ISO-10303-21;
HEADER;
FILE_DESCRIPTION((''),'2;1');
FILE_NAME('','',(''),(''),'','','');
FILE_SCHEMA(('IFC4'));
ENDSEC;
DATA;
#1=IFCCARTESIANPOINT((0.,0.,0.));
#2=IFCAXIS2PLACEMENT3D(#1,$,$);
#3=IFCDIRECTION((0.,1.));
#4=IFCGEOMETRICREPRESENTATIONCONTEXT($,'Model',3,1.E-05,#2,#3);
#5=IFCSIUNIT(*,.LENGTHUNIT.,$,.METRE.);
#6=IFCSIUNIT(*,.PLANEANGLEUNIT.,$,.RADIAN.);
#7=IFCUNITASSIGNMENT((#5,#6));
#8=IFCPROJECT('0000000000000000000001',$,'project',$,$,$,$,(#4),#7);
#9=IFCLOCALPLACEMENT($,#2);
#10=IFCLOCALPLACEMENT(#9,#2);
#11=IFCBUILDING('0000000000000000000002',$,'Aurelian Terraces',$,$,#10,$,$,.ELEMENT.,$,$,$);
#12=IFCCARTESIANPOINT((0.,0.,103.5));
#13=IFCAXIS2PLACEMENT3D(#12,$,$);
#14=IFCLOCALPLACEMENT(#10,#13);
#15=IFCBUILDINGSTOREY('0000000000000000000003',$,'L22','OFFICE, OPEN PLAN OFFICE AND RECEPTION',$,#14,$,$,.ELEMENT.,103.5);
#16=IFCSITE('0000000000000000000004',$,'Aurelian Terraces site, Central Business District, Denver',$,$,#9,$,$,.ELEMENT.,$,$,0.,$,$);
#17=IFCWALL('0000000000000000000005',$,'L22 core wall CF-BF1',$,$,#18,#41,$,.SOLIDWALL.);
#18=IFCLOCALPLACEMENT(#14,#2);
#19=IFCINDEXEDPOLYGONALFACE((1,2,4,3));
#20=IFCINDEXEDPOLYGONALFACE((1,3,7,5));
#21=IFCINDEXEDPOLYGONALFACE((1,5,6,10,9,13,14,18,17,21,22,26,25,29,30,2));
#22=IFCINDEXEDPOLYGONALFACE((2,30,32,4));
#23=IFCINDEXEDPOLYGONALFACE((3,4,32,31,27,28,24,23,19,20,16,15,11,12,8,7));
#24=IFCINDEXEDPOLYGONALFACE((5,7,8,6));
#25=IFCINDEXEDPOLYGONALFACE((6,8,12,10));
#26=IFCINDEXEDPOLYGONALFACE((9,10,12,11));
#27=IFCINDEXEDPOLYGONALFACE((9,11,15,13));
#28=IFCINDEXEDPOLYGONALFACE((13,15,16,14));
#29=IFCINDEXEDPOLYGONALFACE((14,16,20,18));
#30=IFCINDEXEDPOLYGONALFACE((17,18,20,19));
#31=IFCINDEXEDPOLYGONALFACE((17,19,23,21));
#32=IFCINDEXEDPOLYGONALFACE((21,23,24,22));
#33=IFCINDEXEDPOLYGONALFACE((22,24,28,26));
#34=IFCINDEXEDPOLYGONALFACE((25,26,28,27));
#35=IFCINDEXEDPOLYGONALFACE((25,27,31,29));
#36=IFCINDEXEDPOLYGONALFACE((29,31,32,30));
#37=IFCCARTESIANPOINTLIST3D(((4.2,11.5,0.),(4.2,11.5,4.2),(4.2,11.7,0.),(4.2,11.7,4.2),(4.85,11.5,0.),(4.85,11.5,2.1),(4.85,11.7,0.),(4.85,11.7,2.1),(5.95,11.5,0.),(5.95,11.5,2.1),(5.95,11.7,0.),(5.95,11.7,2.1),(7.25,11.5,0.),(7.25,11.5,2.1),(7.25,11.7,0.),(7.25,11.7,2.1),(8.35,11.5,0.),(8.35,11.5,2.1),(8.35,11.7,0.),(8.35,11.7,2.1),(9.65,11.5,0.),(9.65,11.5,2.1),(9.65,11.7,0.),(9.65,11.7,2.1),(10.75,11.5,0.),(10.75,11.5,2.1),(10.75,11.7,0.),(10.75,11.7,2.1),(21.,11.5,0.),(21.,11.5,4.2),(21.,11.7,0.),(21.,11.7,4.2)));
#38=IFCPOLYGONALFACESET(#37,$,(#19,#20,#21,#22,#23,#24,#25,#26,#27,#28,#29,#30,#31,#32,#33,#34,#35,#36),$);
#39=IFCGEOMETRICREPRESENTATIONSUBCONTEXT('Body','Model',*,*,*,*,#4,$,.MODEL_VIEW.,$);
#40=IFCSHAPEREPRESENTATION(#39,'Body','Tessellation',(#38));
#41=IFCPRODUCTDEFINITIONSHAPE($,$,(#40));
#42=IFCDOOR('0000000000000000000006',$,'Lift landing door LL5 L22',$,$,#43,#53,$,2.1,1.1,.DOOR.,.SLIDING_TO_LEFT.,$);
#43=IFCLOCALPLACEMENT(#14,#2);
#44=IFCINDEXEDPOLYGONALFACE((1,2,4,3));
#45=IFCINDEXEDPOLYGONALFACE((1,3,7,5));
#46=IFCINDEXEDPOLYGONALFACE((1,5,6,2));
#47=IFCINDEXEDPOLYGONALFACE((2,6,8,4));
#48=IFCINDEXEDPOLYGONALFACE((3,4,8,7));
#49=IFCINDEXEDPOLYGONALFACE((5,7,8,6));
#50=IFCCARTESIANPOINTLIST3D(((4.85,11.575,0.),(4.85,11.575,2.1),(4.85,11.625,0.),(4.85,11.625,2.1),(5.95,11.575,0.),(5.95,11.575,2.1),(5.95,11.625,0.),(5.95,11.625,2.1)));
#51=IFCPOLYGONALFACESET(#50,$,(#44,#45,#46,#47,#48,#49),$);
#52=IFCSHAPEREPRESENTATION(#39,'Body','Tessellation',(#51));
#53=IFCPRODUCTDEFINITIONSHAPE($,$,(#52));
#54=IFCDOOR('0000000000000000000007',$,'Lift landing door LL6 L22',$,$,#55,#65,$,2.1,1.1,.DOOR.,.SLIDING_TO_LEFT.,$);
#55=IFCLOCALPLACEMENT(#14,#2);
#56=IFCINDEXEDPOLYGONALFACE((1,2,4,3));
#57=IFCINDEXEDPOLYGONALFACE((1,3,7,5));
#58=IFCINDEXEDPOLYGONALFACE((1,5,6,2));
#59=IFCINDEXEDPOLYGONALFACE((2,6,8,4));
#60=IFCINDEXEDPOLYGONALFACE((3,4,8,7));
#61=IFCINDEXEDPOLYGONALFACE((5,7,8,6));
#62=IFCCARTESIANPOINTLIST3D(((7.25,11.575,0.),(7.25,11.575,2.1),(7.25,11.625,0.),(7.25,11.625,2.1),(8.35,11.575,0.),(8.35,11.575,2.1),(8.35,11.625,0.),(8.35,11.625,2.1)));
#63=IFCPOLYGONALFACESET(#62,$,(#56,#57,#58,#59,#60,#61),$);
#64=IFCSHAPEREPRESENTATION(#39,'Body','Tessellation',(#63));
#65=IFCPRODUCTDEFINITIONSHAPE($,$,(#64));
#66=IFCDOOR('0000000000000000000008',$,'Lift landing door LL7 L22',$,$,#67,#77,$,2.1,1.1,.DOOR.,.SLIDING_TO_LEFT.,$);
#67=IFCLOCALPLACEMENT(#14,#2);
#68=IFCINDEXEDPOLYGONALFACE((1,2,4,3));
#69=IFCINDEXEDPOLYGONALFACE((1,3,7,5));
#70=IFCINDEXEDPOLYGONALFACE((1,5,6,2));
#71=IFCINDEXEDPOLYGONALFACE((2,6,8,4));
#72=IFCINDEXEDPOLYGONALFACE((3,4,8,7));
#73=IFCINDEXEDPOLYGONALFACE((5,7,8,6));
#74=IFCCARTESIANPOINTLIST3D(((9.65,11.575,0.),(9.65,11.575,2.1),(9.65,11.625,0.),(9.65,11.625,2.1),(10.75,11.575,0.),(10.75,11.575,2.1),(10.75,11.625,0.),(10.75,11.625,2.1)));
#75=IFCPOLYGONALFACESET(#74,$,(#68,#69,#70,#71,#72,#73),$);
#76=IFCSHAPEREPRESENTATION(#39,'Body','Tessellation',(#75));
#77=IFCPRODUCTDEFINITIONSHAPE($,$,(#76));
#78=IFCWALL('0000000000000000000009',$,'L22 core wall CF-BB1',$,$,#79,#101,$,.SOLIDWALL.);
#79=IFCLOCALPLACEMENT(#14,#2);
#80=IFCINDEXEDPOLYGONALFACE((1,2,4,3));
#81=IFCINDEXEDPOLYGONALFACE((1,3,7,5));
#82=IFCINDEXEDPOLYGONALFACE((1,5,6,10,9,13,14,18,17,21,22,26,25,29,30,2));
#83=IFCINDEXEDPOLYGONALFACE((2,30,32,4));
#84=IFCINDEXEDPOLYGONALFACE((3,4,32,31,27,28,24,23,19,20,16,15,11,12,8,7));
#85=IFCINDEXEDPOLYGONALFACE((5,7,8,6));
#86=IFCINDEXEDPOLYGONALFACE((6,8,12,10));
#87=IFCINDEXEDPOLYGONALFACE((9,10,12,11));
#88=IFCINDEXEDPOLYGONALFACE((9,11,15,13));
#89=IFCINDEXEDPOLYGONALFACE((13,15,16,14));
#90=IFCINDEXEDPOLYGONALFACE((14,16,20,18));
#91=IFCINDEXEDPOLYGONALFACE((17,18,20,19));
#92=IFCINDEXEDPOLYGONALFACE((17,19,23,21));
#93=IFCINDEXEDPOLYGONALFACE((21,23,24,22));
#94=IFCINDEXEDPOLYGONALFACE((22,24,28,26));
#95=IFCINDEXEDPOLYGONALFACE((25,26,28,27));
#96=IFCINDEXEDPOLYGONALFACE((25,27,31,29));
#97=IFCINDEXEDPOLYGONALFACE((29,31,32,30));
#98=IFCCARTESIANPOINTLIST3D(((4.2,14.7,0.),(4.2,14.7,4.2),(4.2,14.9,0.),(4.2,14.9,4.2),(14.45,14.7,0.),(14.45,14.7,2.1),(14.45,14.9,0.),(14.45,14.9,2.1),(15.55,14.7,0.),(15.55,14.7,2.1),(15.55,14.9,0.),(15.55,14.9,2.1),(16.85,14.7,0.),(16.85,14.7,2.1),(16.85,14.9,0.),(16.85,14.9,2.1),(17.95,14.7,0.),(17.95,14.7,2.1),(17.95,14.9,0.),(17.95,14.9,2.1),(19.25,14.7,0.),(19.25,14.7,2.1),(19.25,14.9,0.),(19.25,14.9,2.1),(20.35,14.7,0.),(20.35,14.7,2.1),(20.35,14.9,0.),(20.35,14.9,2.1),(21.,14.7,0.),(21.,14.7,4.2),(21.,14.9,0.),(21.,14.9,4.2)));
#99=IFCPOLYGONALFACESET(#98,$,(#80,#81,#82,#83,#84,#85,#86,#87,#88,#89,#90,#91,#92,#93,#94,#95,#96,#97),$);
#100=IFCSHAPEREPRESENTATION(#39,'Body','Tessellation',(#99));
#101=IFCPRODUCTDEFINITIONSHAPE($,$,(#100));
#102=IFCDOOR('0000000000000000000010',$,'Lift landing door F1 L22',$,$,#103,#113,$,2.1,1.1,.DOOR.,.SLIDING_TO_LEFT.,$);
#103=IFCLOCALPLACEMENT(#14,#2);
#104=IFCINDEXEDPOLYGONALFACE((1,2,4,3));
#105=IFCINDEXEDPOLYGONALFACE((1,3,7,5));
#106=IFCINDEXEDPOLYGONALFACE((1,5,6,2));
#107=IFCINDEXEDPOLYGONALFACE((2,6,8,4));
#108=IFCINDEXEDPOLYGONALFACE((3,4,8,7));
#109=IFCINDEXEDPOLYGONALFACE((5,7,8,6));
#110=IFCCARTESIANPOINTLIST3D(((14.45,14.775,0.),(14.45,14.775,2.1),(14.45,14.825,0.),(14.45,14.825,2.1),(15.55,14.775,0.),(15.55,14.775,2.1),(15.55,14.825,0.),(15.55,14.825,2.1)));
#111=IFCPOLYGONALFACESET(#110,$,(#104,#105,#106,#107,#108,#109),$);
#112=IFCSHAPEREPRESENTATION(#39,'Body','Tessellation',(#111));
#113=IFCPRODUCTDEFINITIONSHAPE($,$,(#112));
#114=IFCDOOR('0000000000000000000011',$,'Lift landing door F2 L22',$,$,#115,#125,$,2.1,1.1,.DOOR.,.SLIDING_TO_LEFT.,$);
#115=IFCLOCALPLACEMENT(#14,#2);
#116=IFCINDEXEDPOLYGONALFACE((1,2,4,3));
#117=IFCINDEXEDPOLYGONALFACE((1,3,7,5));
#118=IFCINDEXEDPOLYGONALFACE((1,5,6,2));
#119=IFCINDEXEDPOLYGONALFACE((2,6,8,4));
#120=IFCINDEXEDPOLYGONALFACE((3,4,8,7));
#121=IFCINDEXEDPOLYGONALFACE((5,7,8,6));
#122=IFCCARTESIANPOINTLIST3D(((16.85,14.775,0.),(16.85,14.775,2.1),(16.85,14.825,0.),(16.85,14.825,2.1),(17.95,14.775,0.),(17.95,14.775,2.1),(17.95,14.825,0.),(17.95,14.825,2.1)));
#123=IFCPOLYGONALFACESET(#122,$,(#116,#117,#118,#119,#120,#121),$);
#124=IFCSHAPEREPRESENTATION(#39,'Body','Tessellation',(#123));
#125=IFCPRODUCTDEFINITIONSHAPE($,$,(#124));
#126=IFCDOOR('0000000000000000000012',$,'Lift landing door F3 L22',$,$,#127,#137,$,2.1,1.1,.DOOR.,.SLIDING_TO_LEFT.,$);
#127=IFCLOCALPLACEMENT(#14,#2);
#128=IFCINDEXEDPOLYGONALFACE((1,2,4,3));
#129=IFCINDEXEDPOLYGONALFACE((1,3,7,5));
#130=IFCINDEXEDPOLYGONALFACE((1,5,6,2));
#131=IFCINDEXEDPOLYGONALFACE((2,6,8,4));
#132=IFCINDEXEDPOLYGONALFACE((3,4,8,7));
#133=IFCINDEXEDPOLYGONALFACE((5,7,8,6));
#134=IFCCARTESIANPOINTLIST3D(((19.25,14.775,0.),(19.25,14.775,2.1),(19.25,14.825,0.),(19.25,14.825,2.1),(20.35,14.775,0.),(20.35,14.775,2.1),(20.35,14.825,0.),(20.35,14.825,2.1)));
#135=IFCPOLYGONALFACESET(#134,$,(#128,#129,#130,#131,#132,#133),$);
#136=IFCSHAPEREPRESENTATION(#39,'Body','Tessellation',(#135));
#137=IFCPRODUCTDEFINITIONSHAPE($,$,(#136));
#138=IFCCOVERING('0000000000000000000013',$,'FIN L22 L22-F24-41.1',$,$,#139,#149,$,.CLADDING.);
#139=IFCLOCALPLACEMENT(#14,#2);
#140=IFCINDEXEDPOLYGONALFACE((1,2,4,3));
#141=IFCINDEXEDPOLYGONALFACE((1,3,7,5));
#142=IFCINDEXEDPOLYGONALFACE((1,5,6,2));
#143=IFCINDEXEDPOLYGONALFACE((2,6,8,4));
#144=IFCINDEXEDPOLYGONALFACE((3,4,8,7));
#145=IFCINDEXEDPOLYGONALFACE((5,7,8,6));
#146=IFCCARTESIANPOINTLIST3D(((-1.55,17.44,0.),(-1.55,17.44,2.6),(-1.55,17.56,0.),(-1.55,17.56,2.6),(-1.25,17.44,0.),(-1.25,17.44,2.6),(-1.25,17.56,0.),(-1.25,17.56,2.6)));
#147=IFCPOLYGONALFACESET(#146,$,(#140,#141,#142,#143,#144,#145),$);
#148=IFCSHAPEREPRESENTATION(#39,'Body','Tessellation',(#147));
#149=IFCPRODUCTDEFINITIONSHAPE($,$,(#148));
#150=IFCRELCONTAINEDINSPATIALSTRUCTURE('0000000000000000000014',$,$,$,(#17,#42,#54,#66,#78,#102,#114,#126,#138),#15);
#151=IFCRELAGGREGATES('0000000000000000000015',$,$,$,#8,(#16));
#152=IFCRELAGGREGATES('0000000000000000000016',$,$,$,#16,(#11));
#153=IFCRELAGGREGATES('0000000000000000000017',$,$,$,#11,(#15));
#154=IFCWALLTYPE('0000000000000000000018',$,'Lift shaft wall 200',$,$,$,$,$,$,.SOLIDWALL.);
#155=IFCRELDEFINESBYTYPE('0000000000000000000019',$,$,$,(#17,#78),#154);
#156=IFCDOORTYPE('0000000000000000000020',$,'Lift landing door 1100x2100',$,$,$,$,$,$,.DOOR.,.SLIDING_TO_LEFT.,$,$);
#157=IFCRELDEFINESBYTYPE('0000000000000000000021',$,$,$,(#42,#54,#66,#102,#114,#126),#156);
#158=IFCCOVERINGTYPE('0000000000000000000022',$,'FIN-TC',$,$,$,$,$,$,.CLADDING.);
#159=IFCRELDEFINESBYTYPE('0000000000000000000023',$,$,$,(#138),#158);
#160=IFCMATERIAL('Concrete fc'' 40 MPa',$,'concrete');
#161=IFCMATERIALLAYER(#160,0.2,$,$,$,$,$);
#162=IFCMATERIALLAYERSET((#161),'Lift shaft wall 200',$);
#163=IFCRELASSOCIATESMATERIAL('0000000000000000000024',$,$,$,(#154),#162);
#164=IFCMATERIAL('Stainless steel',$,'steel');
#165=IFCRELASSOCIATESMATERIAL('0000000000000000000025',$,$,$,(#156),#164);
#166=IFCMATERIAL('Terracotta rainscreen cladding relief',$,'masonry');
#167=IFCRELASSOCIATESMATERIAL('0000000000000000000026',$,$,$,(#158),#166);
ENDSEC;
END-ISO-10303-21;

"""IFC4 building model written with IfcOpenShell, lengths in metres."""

from ifc_helpers import new_model, si_unit, direction, frame, frame_2d, origin, origin_2d, place, context, subcontext, project, spatial, rectangle, extrude, source, transform, mapped, material, layer, layer_set, type_object, element, fill, save


model = new_model("IFC4")

# Units and contexts
model_context = context("Model", 3, precision=1e-05, world=origin(), true_north=direction((0.0, 1.0)))
body_context = subcontext(model_context, "Body", "Model", "MODEL_VIEW")
ifc_project = project(units=[si_unit("LENGTHUNIT", "METRE"), si_unit("PLANEANGLEUNIT", "RADIAN")], contexts=[model_context])

# Site, building, storey
site_placement = place(None, origin())
site = spatial("IfcSite", under=ifc_project, at=site_placement, Name="Aurelian Terraces site, Central Business District, Denver", CompositionType="ELEMENT", RefElevation=0.0)
building_placement = place(site_placement, origin())
building = spatial("IfcBuilding", under=site, at=building_placement, Name="Aurelian Terraces", CompositionType="ELEMENT")
storey_placement = place(building_placement, frame((0.0, 0.0, 103.5)))
storey = spatial("IfcBuildingStorey", under=building, at=storey_placement, Name="L22", Description="OFFICE, OPEN PLAN OFFICE AND RECEPTION", CompositionType="ELEMENT", Elevation=103.5)

# Walls, openings, doors
ifc_material_1 = material(Name="Concrete fc' 40 MPa", Category="concrete")
ifc_layer_1 = layer(ifc_material_1, 0.2)
ifc_layer_set_1 = layer_set([ifc_layer_1], Name="Lift shaft wall 200")
wall_type_1 = type_object("IfcWallType", Name="Lift shaft wall 200", PredefinedType="SOLIDWALL", material=ifc_layer_set_1)
shared_shape_1 = source(origin(), body_context, "Body", "SweptSolid", [
    extrude(rectangle(XDim=16.8, YDim=0.2, at=frame_2d((8.4, 0.0))), origin(), (0.0, 0.0, 1.0), 4.2),
])
wall_1_placement = place(storey_placement, frame((4.2, 11.6, 0.0), z_axis=(0.0, 0.0, 1.0), x_axis=(1.0, 0.0, 0.0)))
wall_1 = element("IfcWall", 1, at=wall_1_placement, inside=storey, type_object=wall_type_1, Name="L22 core wall CF-BF1", PredefinedType="SOLIDWALL", context=body_context, shape_type="MappedRepresentation", body=[
    mapped(shared_shape_1, transform((0.0, 0.0, 0.0), scale=1.0)),
])
shared_shape_2 = source(origin(), body_context, "Body", "SweptSolid", [
    extrude(rectangle(XDim=1.1, YDim=2.1, at=frame_2d((0.55, 1.05))), frame((0.0, 0.11, 0.0), z_axis=(0.0, -1.0, 0.0), x_axis=(1.0, 0.0, 0.0)), (0.0, 0.0, 1.0), 0.22),
])
opening_1_placement = place(wall_1_placement, frame((0.65, 0.0, 0.0)))
opening_1 = element("IfcOpeningElement", 2, at=opening_1_placement, cuts=wall_1, PredefinedType="OPENING", context=body_context, shape_type="MappedRepresentation", body=[
    mapped(shared_shape_2, transform((0.0, 0.0, 0.0), scale=1.0)),
])
opening_2_placement = place(wall_1_placement, frame((3.05, 0.0, 0.0)))
opening_2 = element("IfcOpeningElement", 3, at=opening_2_placement, cuts=wall_1, PredefinedType="OPENING", context=body_context, shape_type="MappedRepresentation", body=[
    mapped(shared_shape_2, transform((0.0, 0.0, 0.0), scale=1.0)),
])
opening_3_placement = place(wall_1_placement, frame((5.45, 0.0, 0.0)))
opening_3 = element("IfcOpeningElement", 4, at=opening_3_placement, cuts=wall_1, PredefinedType="OPENING", context=body_context, shape_type="MappedRepresentation", body=[
    mapped(shared_shape_2, transform((0.0, 0.0, 0.0), scale=1.0)),
])
ifc_material_2 = material(Name="Stainless steel", Category="steel")
door_type_1 = type_object("IfcDoorType", Name="Lift landing door 1100x2100", OperationType="SLIDING_TO_LEFT", PredefinedType="DOOR", material=ifc_material_2)
shared_shape_3 = source(origin(), body_context, "Body", "SweptSolid", [
    extrude(rectangle(XDim=1.1, YDim=2.1, at=frame_2d((0.55, 1.05))), frame((0.0, 0.025, 0.0), z_axis=(0.0, -1.0, 0.0), x_axis=(1.0, 0.0, 0.0)), (0.0, 0.0, 1.0), 0.05),
])
door_1_placement = place(opening_1_placement, origin())
door_1 = element("IfcDoor", 5, at=door_1_placement, inside=storey, type_object=door_type_1, Name="Lift landing door LL5 L22", OperationType="SLIDING_TO_LEFT", OverallHeight=2.1, OverallWidth=1.1, PredefinedType="DOOR", context=body_context, shape_type="MappedRepresentation", body=[
    mapped(shared_shape_3, transform((0.0, 0.0, 0.0), scale=1.0)),
])
fill(opening_1, door_1)
door_2_placement = place(opening_2_placement, origin())
door_2 = element("IfcDoor", 6, at=door_2_placement, inside=storey, type_object=door_type_1, Name="Lift landing door LL6 L22", OperationType="SLIDING_TO_LEFT", OverallHeight=2.1, OverallWidth=1.1, PredefinedType="DOOR", context=body_context, shape_type="MappedRepresentation", body=[
    mapped(shared_shape_3, transform((0.0, 0.0, 0.0), scale=1.0)),
])
fill(opening_2, door_2)
door_3_placement = place(opening_3_placement, origin())
door_3 = element("IfcDoor", 7, at=door_3_placement, inside=storey, type_object=door_type_1, Name="Lift landing door LL7 L22", OperationType="SLIDING_TO_LEFT", OverallHeight=2.1, OverallWidth=1.1, PredefinedType="DOOR", context=body_context, shape_type="MappedRepresentation", body=[
    mapped(shared_shape_3, transform((0.0, 0.0, 0.0), scale=1.0)),
])
fill(opening_3, door_3)
wall_2_placement = place(storey_placement, frame((4.2, 14.8, 0.0), z_axis=(0.0, 0.0, 1.0), x_axis=(1.0, 0.0, 0.0)))
wall_2 = element("IfcWall", 8, at=wall_2_placement, inside=storey, type_object=wall_type_1, Name="L22 core wall CF-BB1", PredefinedType="SOLIDWALL", context=body_context, shape_type="MappedRepresentation", body=[
    mapped(shared_shape_1, transform((0.0, 0.0, 0.0), scale=1.0)),
])
opening_4_placement = place(wall_2_placement, frame((10.25, 0.0, 0.0)))
opening_4 = element("IfcOpeningElement", 9, at=opening_4_placement, cuts=wall_2, PredefinedType="OPENING", context=body_context, shape_type="MappedRepresentation", body=[
    mapped(shared_shape_2, transform((0.0, 0.0, 0.0), scale=1.0)),
])
opening_5_placement = place(wall_2_placement, frame((12.65, 0.0, 0.0)))
opening_5 = element("IfcOpeningElement", 10, at=opening_5_placement, cuts=wall_2, PredefinedType="OPENING", context=body_context, shape_type="MappedRepresentation", body=[
    mapped(shared_shape_2, transform((0.0, 0.0, 0.0), scale=1.0)),
])
opening_6_placement = place(wall_2_placement, frame((15.05, 0.0, 0.0)))
opening_6 = element("IfcOpeningElement", 11, at=opening_6_placement, cuts=wall_2, PredefinedType="OPENING", context=body_context, shape_type="MappedRepresentation", body=[
    mapped(shared_shape_2, transform((0.0, 0.0, 0.0), scale=1.0)),
])
door_4_placement = place(opening_4_placement, origin())
door_4 = element("IfcDoor", 12, at=door_4_placement, inside=storey, type_object=door_type_1, Name="Lift landing door F1 L22", OperationType="SLIDING_TO_LEFT", OverallHeight=2.1, OverallWidth=1.1, PredefinedType="DOOR", context=body_context, shape_type="MappedRepresentation", body=[
    mapped(shared_shape_3, transform((0.0, 0.0, 0.0), scale=1.0)),
])
fill(opening_4, door_4)
door_5_placement = place(opening_5_placement, origin())
door_5 = element("IfcDoor", 13, at=door_5_placement, inside=storey, type_object=door_type_1, Name="Lift landing door F2 L22", OperationType="SLIDING_TO_LEFT", OverallHeight=2.1, OverallWidth=1.1, PredefinedType="DOOR", context=body_context, shape_type="MappedRepresentation", body=[
    mapped(shared_shape_3, transform((0.0, 0.0, 0.0), scale=1.0)),
])
fill(opening_5, door_5)
door_6_placement = place(opening_6_placement, origin())
door_6 = element("IfcDoor", 14, at=door_6_placement, inside=storey, type_object=door_type_1, Name="Lift landing door F3 L22", OperationType="SLIDING_TO_LEFT", OverallHeight=2.1, OverallWidth=1.1, PredefinedType="DOOR", context=body_context, shape_type="MappedRepresentation", body=[
    mapped(shared_shape_3, transform((0.0, 0.0, 0.0), scale=1.0)),
])
fill(opening_6, door_6)

# Covering
ifc_material_3 = material(Name="Terracotta rainscreen cladding relief", Category="masonry")
covering_type = type_object("IfcCoveringType", Name="FIN-TC", PredefinedType="CLADDING", material=ifc_material_3)
shared_shape_4 = source(origin(), body_context, "Body", "SweptSolid", [
    extrude(rectangle(XDim=0.3, YDim=0.12, at=origin_2d()), origin(), (0.0, 0.0, 1.0), 2.6),
])
covering_placement = place(storey_placement, frame((-1.4, 17.5, 0.0), z_axis=(0.0, 0.0, 1.0), x_axis=(1.0, 0.0, 0.0)))
element("IfcCovering", 15, at=covering_placement, inside=storey, type_object=covering_type, Name="FIN L22 L22-F24-41.1", PredefinedType="CLADDING", context=body_context, shape_type="MappedRepresentation", body=[
    mapped(shared_shape_4, transform((0.0, 0.0, 0.0), scale=1.0)),
])

save(model, "model.ifc")
